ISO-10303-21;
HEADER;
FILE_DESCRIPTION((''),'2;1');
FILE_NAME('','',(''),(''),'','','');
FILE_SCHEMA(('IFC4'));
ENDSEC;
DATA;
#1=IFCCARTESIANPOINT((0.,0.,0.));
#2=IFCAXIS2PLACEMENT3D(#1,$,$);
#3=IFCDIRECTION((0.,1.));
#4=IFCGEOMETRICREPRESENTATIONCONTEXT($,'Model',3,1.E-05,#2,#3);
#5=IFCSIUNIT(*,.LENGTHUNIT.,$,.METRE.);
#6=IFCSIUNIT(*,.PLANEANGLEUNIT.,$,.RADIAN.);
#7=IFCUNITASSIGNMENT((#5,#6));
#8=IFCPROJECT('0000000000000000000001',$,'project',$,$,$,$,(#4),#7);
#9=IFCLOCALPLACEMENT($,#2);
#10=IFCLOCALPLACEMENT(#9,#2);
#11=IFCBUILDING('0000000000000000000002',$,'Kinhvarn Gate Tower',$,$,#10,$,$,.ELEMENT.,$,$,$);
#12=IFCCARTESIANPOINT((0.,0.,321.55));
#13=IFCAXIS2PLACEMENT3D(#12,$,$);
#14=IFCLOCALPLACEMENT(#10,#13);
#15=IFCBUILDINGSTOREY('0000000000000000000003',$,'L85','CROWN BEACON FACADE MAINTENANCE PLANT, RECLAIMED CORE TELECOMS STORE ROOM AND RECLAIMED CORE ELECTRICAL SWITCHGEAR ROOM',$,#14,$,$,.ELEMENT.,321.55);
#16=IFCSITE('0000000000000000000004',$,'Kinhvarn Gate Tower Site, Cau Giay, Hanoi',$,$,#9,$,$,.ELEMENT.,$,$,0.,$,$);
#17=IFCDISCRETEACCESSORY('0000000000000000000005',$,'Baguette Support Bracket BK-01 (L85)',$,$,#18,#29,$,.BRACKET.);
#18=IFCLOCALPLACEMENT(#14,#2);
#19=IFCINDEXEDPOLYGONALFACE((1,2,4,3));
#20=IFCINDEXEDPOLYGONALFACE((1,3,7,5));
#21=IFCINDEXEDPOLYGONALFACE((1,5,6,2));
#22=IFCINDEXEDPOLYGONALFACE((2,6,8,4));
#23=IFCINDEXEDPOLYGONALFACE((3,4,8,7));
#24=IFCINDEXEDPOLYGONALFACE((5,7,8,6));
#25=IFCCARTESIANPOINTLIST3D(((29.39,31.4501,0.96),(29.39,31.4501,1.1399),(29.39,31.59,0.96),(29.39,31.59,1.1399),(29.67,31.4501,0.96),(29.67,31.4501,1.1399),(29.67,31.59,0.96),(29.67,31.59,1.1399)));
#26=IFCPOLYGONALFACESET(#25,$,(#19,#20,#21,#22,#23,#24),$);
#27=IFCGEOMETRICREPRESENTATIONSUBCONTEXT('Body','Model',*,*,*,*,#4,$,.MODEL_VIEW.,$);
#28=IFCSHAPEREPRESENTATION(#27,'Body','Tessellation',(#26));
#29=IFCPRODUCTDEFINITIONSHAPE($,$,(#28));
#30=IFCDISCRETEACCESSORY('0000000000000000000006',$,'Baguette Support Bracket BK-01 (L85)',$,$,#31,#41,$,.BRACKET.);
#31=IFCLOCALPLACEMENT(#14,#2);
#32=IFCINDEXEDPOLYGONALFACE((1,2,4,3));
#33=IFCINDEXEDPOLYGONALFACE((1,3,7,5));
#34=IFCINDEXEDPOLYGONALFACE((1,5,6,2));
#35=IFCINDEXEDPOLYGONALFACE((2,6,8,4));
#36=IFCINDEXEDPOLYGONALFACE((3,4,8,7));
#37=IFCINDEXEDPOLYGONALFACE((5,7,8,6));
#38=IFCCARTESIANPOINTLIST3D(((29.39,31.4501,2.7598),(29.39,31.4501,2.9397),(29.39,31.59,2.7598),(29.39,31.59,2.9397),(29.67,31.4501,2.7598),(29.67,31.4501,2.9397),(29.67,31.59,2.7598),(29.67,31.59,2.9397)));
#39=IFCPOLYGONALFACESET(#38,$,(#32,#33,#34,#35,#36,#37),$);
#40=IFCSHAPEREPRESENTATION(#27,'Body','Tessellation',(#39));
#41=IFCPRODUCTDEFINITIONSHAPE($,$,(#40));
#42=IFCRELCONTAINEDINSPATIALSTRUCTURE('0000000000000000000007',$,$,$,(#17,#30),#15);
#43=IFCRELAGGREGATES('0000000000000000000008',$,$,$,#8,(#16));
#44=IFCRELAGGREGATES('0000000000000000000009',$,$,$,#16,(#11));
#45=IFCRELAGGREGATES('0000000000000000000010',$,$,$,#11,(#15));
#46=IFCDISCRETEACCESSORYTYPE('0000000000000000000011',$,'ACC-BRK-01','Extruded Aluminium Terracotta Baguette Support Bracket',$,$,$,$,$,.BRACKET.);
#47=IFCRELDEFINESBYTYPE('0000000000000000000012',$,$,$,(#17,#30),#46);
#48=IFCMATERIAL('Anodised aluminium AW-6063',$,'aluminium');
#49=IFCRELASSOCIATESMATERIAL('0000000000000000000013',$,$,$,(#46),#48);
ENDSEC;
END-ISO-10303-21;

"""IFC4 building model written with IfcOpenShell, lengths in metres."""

from ifc_helpers import new_model, si_unit, direction, frame, origin, origin_2d, place, context, subcontext, project, spatial, rectangle, extrude, material, type_object, element, save


model = new_model("IFC4")

# Units and contexts
model_context = context("Model", 3, precision=1e-05, world=origin(), true_north=direction((0.0, 1.0)))
body_context = subcontext(model_context, "Body", "Model", "MODEL_VIEW")
ifc_project = project(units=[si_unit("LENGTHUNIT", "METRE"), si_unit("PLANEANGLEUNIT", "RADIAN")], contexts=[model_context])

# Site, building, storey
site_placement = place(None, origin())
site = spatial("IfcSite", under=ifc_project, at=site_placement, Name="Kinhvarn Gate Tower Site, Cau Giay, Hanoi", CompositionType="ELEMENT", RefElevation=0.0)
building_placement = place(site_placement, origin())
building = spatial("IfcBuilding", under=site, at=building_placement, Name="Kinhvarn Gate Tower", CompositionType="ELEMENT")
storey_placement = place(building_placement, frame((0.0, 0.0, 321.55)))
storey = spatial("IfcBuildingStorey", under=building, at=storey_placement, Name="L85", Description="CROWN BEACON FACADE MAINTENANCE PLANT, RECLAIMED CORE TELECOMS STORE ROOM AND RECLAIMED CORE ELECTRICAL SWITCHGEAR ROOM", CompositionType="ELEMENT", Elevation=321.55)

# Shared definitions
ifc_material_1 = material(Name="Anodised aluminium AW-6063", Category="aluminium")

# Discrete accessories
discrete_accessory_type = type_object("IfcDiscreteAccessoryType", Name="ACC-BRK-01", Description="Extruded Aluminium Terracotta Baguette Support Bracket", PredefinedType="BRACKET", material=ifc_material_1)
for number, where, z_axis, x_axis, name in (
    (1, (29.53, 31.52, 0.96), (0.0, 0.0, 1.0), (0.0, 1.0, 0.0), "Baguette Support Bracket BK-01 (L85)"),
    (2, (29.53, 31.52, 2.7598), (0.0, 0.0, 1.0), (0.0, 1.0, 0.0), "Baguette Support Bracket BK-01 (L85)"),
):
    element("IfcDiscreteAccessory", number, at=place(storey_placement, frame(where, z_axis=z_axis, x_axis=x_axis)), inside=storey, type_object=discrete_accessory_type, Name=name, PredefinedType="BRACKET", context=body_context, shape_type="SweptSolid", body=[
        extrude(rectangle(XDim=0.1399, YDim=0.28, at=origin_2d()), origin(), (0.0, 0.0, 1.0), 0.1799),
    ])

save(model, "model.ifc")
